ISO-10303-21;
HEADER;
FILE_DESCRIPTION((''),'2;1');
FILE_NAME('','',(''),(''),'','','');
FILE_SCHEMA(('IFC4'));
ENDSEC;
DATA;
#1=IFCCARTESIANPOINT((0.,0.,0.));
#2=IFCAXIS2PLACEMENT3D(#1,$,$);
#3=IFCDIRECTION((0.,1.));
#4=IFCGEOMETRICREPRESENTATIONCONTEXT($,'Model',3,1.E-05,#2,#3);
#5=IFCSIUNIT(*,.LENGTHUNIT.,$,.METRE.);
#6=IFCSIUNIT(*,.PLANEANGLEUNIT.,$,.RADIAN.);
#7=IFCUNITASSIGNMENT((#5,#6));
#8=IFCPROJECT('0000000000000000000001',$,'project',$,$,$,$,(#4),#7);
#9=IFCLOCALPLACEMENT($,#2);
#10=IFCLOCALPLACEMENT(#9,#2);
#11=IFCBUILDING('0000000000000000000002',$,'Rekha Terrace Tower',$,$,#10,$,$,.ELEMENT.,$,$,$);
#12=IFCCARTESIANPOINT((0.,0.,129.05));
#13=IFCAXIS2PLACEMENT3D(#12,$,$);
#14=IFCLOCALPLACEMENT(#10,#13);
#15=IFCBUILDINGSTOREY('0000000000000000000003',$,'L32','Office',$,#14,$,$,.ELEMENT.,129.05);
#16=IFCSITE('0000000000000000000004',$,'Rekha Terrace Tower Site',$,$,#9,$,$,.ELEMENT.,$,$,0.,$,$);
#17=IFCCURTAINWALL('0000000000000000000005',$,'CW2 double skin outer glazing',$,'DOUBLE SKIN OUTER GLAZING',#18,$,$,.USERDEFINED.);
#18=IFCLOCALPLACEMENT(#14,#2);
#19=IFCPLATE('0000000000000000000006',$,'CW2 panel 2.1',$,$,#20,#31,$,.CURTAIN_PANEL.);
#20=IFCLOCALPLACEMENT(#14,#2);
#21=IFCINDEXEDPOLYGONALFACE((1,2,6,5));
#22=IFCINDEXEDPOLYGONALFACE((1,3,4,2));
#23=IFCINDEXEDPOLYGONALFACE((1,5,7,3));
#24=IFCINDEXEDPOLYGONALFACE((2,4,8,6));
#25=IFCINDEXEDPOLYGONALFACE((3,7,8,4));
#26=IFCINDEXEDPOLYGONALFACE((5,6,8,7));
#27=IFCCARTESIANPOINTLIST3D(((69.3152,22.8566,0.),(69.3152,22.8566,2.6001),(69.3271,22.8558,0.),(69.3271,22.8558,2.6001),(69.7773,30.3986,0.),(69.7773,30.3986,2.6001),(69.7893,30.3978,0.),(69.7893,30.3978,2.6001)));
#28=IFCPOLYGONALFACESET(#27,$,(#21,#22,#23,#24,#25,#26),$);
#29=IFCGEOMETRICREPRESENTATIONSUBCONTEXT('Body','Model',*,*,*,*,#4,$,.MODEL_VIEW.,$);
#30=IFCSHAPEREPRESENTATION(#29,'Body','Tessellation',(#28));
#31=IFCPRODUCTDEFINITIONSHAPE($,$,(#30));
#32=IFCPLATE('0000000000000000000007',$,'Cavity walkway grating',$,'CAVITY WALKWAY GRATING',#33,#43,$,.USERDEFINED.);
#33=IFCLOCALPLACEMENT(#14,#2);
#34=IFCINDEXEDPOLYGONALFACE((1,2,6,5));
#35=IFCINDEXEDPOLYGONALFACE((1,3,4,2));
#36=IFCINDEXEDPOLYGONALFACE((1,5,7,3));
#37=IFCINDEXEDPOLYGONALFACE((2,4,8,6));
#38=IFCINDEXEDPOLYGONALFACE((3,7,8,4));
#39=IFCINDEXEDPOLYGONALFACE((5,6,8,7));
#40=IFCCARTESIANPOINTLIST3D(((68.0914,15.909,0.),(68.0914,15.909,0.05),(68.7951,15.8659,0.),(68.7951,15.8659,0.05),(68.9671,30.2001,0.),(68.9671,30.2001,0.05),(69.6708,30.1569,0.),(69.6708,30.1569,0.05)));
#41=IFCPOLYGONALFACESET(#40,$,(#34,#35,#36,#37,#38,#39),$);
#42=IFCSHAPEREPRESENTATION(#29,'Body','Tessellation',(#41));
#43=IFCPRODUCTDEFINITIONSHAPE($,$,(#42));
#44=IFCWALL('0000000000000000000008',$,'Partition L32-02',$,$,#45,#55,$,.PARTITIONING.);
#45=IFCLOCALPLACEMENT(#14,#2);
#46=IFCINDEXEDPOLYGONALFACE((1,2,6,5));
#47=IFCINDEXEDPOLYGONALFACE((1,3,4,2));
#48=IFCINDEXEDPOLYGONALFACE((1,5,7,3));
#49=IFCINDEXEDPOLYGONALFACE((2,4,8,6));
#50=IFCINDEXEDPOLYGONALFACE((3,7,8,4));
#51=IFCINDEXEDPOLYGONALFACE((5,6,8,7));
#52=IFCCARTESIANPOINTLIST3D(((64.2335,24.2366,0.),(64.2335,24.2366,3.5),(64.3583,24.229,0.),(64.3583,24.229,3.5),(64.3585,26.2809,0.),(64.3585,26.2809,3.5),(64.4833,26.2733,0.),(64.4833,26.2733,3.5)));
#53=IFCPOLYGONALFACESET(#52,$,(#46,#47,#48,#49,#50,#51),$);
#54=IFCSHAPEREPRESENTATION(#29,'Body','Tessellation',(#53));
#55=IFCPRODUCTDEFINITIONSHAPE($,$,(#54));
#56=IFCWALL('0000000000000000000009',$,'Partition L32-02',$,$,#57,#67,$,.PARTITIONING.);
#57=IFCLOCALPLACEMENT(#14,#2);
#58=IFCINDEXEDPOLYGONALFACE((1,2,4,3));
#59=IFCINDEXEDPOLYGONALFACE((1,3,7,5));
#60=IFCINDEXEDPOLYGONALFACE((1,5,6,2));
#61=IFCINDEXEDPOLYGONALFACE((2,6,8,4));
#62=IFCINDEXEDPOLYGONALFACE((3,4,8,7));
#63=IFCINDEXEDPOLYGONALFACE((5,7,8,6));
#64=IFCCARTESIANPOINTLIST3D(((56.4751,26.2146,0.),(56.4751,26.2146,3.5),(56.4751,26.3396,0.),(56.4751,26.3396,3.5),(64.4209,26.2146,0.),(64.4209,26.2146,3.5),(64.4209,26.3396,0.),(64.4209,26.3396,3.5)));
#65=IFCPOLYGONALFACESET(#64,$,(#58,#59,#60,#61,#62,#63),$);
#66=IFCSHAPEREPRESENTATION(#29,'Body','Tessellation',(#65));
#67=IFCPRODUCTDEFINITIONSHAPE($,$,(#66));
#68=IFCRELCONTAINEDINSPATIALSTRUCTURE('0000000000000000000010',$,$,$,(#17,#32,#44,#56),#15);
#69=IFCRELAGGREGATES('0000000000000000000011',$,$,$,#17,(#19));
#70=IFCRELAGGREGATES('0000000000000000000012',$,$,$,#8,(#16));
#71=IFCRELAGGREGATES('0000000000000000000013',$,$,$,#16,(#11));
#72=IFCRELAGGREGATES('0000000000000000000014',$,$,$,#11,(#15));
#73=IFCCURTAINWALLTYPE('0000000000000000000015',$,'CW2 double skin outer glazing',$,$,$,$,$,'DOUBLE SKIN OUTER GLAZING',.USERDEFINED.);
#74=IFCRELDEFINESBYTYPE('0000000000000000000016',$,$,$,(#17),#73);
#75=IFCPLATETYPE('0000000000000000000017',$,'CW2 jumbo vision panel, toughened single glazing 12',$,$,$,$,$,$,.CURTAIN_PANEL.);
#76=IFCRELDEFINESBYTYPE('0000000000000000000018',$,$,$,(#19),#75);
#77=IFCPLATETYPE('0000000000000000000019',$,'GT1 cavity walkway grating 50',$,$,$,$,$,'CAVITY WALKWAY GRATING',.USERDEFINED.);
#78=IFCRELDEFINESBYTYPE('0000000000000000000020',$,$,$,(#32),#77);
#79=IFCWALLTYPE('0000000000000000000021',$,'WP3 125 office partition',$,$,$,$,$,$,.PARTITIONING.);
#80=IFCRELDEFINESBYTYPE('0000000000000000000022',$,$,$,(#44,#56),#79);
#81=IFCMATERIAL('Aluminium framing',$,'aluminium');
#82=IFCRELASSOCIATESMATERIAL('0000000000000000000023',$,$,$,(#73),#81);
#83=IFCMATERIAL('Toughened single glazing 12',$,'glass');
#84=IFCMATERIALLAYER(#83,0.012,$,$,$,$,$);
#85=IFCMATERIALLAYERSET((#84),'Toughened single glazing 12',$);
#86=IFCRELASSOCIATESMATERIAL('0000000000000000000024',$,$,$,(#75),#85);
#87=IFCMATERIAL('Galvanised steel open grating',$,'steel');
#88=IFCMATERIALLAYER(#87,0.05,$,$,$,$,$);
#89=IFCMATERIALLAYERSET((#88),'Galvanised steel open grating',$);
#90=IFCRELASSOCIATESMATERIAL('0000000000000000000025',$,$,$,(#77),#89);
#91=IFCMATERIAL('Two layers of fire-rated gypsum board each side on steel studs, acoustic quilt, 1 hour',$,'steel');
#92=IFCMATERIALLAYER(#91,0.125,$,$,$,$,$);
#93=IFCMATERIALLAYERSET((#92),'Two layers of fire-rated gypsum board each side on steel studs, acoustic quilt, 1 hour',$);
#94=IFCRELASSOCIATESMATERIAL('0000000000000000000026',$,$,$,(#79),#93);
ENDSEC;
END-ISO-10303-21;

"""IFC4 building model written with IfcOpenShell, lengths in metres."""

from ifc_helpers import new_model, si_unit, direction, frame, frame_2d, origin, origin_2d, place, context, subcontext, project, spatial, rectangle, extrude, material, layer, layer_set, type_object, element, aggregate, save


model = new_model("IFC4")

# Units and contexts
model_context = context("Model", 3, precision=1e-05, world=origin(), true_north=direction((0.0, 1.0)))
body_context = subcontext(model_context, "Body", "Model", "MODEL_VIEW")
ifc_project = project(units=[si_unit("LENGTHUNIT", "METRE"), si_unit("PLANEANGLEUNIT", "RADIAN")], contexts=[model_context])

# Site, building, storey
site_placement = place(None, origin())
site = spatial("IfcSite", under=ifc_project, at=site_placement, Name="Rekha Terrace Tower Site", CompositionType="ELEMENT", RefElevation=0.0)
building_placement = place(site_placement, origin())
building = spatial("IfcBuilding", under=site, at=building_placement, Name="Rekha Terrace Tower", CompositionType="ELEMENT")
storey_placement = place(building_placement, frame((0.0, 0.0, 129.05)))
storey = spatial("IfcBuildingStorey", under=building, at=storey_placement, Name="L32", Description="Office", CompositionType="ELEMENT", Elevation=129.05)

# Curtain wall
ifc_material_1 = material(Name="Aluminium framing", Category="aluminium")
curtain_wall_type_1 = type_object("IfcCurtainWallType", Name="CW2 double skin outer glazing", ElementType="DOUBLE SKIN OUTER GLAZING", PredefinedType="USERDEFINED", material=ifc_material_1)
curtain_wall_1_placement = place(storey_placement, origin())
curtain_wall_1 = element("IfcCurtainWall", 1, at=curtain_wall_1_placement, inside=storey, type_object=curtain_wall_type_1, Name="CW2 double skin outer glazing", ObjectType="DOUBLE SKIN OUTER GLAZING", PredefinedType="USERDEFINED")

# Plates
ifc_material_2 = material(Name="Toughened single glazing 12", Category="glass")
ifc_layer_1 = layer(ifc_material_2, 0.012)
ifc_layer_set_1 = layer_set([ifc_layer_1], Name="Toughened single glazing 12")
plate_type_1 = type_object("IfcPlateType", Name="CW2 jumbo vision panel, toughened single glazing 12", PredefinedType="CURTAIN_PANEL", material=ifc_layer_set_1)
plate_1_placement = place(storey_placement, frame((69.5522, 26.6272, 0.0), z_axis=(0.0, 0.0, 1.0), x_axis=(0.06116, 0.998128, 0.0)))
plate_1 = element("IfcPlate", 2, at=plate_1_placement, type_object=plate_type_1, Name="CW2 panel 2.1", PredefinedType="CURTAIN_PANEL", context=body_context, shape_type="SweptSolid", body=[
    extrude(rectangle(XDim=7.5562, YDim=0.012, at=origin_2d()), origin(), (0.0, 0.0, 1.0), 2.6001),
])
aggregate(curtain_wall_1, [plate_1])
ifc_material_3 = material(Name="Galvanised steel open grating", Category="steel")
ifc_layer_2 = layer(ifc_material_3, 0.05)
ifc_layer_set_2 = layer_set([ifc_layer_2], Name="Galvanised steel open grating")
plate_type_2 = type_object("IfcPlateType", Name="GT1 cavity walkway grating 50", ElementType="CAVITY WALKWAY GRATING", PredefinedType="USERDEFINED", material=ifc_layer_set_2)
plate_2_placement = place(storey_placement, frame((68.8811, 23.033, 0.0), z_axis=(0.0, 0.0, 1.0), x_axis=(0.06116, 0.998128, 0.0)))
element("IfcPlate", 3, at=plate_2_placement, inside=storey, type_object=plate_type_2, Name="Cavity walkway grating", ObjectType="CAVITY WALKWAY GRATING", PredefinedType="USERDEFINED", context=body_context, shape_type="SweptSolid", body=[
    extrude(rectangle(XDim=14.3179, YDim=0.7051, at=origin_2d()), origin(), (0.0, 0.0, 1.0), 0.05),
])

# Walls
ifc_material_4 = material(Name="Two layers of fire-rated gypsum board each side on steel studs, acoustic quilt, 1 hour", Category="steel")
ifc_layer_3 = layer(ifc_material_4, 0.125)
ifc_layer_set_3 = layer_set([ifc_layer_3], Name="Two layers of fire-rated gypsum board each side on steel studs, acoustic quilt, 1 hour")
wall_type = type_object("IfcWallType", Name="WP3 125 office partition", PredefinedType="PARTITIONING", material=ifc_layer_set_3)
wall_1_placement = place(storey_placement, frame((64.2959, 24.2329, 0.0), z_axis=(0.0, 0.0, 1.0), x_axis=(0.061035, 0.998136, 0.0)))
element("IfcWall", 4, at=wall_1_placement, inside=storey, type_object=wall_type, Name="Partition L32-02", PredefinedType="PARTITIONING", context=body_context, shape_type="SweptSolid", body=[
    extrude(rectangle(XDim=2.0481, YDim=0.125, at=frame_2d((1.0239, 0.0))), origin(), (0.0, 0.0, 1.0), 3.5),
])
wall_2_placement = place(storey_placement, frame((64.4209, 26.2771, 0.0), z_axis=(0.0, 0.0, 1.0), x_axis=(-1.0, 0.0, 0.0)))
element("IfcWall", 5, at=wall_2_placement, inside=storey, type_object=wall_type, Name="Partition L32-02", PredefinedType="PARTITIONING", context=body_context, shape_type="SweptSolid", body=[
    extrude(rectangle(XDim=7.9458, YDim=0.125, at=frame_2d((3.9729, 0.0))), origin(), (0.0, 0.0, 1.0), 3.5),
])

save(model, "model.ifc")
